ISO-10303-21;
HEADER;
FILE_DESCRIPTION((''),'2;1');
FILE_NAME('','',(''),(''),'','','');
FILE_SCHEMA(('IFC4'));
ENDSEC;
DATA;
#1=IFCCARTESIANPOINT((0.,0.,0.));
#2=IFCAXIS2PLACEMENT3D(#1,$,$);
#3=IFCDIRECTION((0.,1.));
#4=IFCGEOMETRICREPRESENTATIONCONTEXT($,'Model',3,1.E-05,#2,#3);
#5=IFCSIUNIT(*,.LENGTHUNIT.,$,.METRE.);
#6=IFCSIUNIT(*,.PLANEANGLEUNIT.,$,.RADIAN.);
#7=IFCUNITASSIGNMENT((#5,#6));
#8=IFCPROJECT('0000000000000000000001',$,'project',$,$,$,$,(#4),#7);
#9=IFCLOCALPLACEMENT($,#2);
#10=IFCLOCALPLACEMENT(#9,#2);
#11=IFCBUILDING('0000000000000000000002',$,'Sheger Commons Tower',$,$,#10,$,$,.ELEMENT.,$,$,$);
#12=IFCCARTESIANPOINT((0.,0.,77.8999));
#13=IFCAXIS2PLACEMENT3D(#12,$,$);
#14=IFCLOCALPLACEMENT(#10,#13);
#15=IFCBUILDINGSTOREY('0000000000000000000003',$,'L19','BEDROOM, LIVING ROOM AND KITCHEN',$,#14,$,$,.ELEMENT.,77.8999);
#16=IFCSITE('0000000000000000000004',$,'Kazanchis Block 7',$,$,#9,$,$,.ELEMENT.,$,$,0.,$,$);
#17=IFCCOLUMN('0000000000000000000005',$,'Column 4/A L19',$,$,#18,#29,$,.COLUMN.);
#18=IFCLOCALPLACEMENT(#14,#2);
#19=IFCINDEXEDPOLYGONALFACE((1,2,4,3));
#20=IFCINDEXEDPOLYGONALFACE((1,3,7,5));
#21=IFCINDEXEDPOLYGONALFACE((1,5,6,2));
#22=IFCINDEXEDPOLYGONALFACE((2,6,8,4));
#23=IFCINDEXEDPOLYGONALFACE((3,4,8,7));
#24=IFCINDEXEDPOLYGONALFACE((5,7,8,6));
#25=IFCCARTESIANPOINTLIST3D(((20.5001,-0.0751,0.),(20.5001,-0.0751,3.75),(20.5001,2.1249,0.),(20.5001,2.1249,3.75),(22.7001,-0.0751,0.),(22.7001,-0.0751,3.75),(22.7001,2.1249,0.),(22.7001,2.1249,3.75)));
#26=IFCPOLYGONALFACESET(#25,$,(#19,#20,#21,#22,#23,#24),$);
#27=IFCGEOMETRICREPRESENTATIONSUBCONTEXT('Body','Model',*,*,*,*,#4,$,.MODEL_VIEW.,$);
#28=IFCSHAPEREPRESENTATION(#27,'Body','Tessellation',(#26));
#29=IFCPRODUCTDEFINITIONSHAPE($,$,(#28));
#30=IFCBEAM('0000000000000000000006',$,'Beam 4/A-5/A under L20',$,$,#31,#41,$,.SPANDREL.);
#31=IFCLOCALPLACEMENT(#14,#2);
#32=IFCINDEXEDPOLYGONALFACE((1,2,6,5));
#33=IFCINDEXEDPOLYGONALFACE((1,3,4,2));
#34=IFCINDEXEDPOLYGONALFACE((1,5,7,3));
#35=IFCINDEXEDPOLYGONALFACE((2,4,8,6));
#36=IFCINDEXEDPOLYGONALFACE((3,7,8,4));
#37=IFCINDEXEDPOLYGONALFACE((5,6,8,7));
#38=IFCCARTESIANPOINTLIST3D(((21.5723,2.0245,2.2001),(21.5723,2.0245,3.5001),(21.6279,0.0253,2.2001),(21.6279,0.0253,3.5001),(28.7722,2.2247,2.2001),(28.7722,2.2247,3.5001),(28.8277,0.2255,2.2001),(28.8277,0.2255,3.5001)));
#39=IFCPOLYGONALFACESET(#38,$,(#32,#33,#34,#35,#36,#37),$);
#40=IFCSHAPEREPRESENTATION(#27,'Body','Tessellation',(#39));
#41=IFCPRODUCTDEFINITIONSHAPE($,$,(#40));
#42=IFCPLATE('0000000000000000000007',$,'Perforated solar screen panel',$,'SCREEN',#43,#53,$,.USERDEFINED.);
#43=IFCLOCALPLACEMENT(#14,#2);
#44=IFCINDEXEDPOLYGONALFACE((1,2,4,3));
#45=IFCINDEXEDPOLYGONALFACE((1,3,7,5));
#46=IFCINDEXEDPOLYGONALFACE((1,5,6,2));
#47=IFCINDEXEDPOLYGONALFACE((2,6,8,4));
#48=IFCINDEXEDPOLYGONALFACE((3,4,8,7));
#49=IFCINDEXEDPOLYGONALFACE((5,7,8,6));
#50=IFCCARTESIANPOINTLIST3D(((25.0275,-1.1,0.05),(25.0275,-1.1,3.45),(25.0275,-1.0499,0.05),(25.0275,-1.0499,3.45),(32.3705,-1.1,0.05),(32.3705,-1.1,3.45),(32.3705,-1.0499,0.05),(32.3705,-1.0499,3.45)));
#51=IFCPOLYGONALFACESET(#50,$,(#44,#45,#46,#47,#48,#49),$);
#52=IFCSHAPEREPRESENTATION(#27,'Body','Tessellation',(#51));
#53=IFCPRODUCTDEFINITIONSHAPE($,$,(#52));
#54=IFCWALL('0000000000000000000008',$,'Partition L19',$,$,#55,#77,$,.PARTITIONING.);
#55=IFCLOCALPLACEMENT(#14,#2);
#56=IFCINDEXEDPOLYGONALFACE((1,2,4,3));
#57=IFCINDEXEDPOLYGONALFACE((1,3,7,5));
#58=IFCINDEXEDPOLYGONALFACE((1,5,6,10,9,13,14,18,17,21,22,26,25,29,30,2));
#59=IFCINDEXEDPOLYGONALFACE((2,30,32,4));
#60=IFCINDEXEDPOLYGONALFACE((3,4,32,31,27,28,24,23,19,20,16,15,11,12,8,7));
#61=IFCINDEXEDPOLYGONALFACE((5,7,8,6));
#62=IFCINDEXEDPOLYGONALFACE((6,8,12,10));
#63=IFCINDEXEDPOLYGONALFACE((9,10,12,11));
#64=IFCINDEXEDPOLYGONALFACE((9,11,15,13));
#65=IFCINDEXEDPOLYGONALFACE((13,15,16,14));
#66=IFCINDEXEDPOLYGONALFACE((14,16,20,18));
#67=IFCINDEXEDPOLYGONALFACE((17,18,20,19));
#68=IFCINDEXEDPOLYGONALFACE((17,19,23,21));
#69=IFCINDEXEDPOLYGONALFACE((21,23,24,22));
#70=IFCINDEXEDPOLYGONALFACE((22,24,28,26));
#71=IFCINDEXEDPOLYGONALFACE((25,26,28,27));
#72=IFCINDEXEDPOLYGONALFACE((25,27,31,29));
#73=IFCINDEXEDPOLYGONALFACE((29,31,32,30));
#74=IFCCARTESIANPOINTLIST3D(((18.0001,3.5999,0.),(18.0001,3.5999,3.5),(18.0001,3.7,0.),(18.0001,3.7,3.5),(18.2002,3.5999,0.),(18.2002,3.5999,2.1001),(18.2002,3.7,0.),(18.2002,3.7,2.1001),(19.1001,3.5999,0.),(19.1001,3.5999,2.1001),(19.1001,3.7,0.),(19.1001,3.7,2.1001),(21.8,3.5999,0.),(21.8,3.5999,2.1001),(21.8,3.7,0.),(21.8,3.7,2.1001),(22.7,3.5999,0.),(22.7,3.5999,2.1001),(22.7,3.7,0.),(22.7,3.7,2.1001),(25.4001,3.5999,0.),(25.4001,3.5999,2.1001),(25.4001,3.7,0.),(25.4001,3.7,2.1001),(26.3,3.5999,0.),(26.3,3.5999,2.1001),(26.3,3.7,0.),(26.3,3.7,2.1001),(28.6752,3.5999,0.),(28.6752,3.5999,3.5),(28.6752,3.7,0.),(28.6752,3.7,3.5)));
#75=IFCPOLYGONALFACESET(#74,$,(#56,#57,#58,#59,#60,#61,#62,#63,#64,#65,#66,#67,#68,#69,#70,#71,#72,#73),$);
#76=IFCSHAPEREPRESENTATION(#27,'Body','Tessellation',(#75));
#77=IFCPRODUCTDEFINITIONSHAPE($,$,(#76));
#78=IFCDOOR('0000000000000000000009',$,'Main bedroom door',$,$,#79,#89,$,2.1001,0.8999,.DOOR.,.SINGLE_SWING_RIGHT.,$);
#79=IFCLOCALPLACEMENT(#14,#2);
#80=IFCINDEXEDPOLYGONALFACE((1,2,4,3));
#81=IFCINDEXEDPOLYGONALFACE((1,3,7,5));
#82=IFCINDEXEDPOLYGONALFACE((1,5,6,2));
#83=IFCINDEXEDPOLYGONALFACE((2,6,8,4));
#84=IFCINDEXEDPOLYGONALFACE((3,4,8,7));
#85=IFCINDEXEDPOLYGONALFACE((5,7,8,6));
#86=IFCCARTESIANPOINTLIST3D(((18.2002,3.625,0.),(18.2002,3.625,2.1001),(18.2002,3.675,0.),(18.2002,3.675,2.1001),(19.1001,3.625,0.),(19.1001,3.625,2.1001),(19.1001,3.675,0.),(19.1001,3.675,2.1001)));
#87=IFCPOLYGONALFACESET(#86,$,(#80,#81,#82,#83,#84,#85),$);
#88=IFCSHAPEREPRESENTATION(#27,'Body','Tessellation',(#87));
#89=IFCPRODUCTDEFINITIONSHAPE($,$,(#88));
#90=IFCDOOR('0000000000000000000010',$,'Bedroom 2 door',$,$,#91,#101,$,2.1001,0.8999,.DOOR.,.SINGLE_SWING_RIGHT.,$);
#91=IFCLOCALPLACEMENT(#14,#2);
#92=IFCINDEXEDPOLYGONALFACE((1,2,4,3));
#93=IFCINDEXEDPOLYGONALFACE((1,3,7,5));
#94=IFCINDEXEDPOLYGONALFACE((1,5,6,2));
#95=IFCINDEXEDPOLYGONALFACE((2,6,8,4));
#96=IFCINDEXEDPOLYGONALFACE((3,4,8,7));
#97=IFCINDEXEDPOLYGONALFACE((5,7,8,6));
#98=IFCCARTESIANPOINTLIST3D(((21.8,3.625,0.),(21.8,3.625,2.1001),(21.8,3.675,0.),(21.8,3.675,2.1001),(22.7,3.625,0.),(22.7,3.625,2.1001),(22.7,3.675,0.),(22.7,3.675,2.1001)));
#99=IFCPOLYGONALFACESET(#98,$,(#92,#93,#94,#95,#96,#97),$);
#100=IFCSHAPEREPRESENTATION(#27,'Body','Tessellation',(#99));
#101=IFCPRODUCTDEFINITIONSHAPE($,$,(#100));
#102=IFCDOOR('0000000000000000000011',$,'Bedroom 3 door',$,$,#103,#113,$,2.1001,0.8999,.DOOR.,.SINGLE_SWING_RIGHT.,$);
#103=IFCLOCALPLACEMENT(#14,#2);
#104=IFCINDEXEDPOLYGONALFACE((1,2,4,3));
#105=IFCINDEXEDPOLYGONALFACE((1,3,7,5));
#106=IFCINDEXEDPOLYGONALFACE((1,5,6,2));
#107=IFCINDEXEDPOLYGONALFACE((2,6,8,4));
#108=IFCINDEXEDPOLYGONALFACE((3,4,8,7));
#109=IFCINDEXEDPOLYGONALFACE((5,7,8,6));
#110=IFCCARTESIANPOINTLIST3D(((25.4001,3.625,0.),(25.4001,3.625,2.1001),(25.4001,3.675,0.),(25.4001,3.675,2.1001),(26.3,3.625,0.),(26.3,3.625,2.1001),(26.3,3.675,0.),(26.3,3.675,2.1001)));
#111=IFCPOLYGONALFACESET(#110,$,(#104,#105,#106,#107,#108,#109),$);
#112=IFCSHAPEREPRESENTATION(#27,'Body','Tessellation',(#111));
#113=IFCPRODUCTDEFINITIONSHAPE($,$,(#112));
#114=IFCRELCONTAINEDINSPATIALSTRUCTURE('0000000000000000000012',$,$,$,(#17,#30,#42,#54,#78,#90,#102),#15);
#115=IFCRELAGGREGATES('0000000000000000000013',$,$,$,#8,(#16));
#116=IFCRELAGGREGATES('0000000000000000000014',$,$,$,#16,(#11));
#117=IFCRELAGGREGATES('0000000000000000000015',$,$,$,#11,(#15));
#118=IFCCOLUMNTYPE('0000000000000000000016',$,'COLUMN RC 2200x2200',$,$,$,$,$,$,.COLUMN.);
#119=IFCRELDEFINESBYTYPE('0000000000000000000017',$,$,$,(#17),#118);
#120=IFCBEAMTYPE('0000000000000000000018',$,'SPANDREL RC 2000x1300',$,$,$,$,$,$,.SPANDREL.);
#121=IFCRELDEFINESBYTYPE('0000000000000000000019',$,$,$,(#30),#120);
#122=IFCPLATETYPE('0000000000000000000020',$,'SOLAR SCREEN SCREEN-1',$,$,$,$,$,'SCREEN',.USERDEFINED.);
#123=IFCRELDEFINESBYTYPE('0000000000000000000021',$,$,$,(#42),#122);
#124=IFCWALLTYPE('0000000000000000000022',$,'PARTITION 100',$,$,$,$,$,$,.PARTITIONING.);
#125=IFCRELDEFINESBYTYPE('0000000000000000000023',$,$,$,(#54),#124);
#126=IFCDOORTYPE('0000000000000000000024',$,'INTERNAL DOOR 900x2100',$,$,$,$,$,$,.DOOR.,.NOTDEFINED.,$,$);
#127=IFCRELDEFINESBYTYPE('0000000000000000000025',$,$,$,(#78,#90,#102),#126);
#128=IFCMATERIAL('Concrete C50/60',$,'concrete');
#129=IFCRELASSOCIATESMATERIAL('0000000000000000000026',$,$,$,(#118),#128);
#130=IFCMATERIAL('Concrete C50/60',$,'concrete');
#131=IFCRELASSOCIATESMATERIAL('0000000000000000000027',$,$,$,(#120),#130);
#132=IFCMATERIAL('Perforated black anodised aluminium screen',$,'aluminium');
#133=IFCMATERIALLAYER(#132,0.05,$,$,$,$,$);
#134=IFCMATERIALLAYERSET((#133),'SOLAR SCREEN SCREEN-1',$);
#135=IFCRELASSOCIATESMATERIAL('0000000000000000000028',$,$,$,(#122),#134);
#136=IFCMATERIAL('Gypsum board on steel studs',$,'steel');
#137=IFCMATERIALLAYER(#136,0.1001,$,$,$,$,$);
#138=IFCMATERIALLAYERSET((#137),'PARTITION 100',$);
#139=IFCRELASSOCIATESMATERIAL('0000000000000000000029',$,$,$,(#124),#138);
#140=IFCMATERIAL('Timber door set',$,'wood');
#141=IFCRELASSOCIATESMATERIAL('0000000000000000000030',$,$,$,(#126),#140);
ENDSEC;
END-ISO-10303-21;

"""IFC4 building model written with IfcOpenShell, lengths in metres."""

from ifc_helpers import new_model, si_unit, direction, frame, frame_2d, origin, origin_2d, place, context, subcontext, project, spatial, rectangle, extrude, material, layer, layer_set, material_profile, profile_set, type_object, element, fill, save


model = new_model("IFC4")

# Units and contexts
model_context = context("Model", 3, precision=1e-05, world=origin(), true_north=direction((0.0, 1.0)))
body_context = subcontext(model_context, "Body", "Model", "MODEL_VIEW")
ifc_project = project(units=[si_unit("LENGTHUNIT", "METRE"), si_unit("PLANEANGLEUNIT", "RADIAN")], contexts=[model_context])

# Site, building, storey
site_placement = place(None, origin())
site = spatial("IfcSite", under=ifc_project, at=site_placement, Name="Kazanchis Block 7", CompositionType="ELEMENT", RefElevation=0.0)
building_placement = place(site_placement, origin())
building = spatial("IfcBuilding", under=site, at=building_placement, Name="Sheger Commons Tower", CompositionType="ELEMENT")
storey_placement = place(building_placement, frame((0.0, 0.0, 77.8999)))
storey = spatial("IfcBuildingStorey", under=building, at=storey_placement, Name="L19", Description="BEDROOM, LIVING ROOM AND KITCHEN", CompositionType="ELEMENT", Elevation=77.8999)

# Column
ifc_material_1 = material(Name="Concrete C50/60", Category="concrete")
ifc_material_profile_1 = material_profile(ifc_material_1, rectangle(XDim=2.2, YDim=2.2, at=origin_2d()), Name="RC 2200x2200")
ifc_profile_set_1 = profile_set([ifc_material_profile_1], Name="Concrete C50/60")
column_type = type_object("IfcColumnType", Name="COLUMN RC 2200x2200", PredefinedType="COLUMN", material=ifc_profile_set_1)
column_placement = place(storey_placement, frame((21.6001, 1.0249, 0.0), z_axis=(0.0, 0.0, 1.0), x_axis=(1.0, 0.0, 0.0)))
element("IfcColumn", 1, at=column_placement, inside=storey, type_object=column_type, Name="Column 4/A L19", PredefinedType="COLUMN", context=body_context, shape_type="SweptSolid", body=[
    extrude(rectangle(XDim=2.2, YDim=2.2, at=origin_2d()), origin(), (0.0, 0.0, 1.0), 3.75),
])

# Beam
ifc_material_2 = material(Name="Concrete C50/60", Category="concrete")
ifc_material_profile_2 = material_profile(ifc_material_2, rectangle(XDim=2.0, YDim=1.3, at=origin_2d()), Name="RC 2000x1300")
ifc_profile_set_2 = profile_set([ifc_material_profile_2], Name="Concrete C50/60")
beam_type = type_object("IfcBeamType", Name="SPANDREL RC 2000x1300", PredefinedType="SPANDREL", material=ifc_profile_set_2)
beam_placement = place(storey_placement, frame((21.6001, 1.0249, 2.8501), z_axis=(0.999614, 0.027794, 0.0), x_axis=(-0.027794, 0.999614, 0.0)))
element("IfcBeam", 2, at=beam_placement, inside=storey, type_object=beam_type, Name="Beam 4/A-5/A under L20", PredefinedType="SPANDREL", context=body_context, shape_type="SweptSolid", body=[
    extrude(rectangle(XDim=2.0, YDim=1.3, at=origin_2d()), origin(), (0.0, 0.0, 1.0), 7.2026),
])

# Plate
ifc_material_3 = material(Name="Perforated black anodised aluminium screen", Category="aluminium")
ifc_layer_1 = layer(ifc_material_3, 0.05)
ifc_layer_set_1 = layer_set([ifc_layer_1], Name="SOLAR SCREEN SCREEN-1")
plate_type = type_object("IfcPlateType", Name="SOLAR SCREEN SCREEN-1", ElementType="SCREEN", PredefinedType="USERDEFINED", material=ifc_layer_set_1)
plate_placement = place(storey_placement, frame((28.699, -1.075, 0.05), z_axis=(0.0, 0.0, 1.0), x_axis=(1.0, 0.0, 0.0)))
element("IfcPlate", 3, at=plate_placement, inside=storey, type_object=plate_type, Name="Perforated solar screen panel", ObjectType="SCREEN", PredefinedType="USERDEFINED", context=body_context, shape_type="SweptSolid", body=[
    extrude(rectangle(XDim=7.343, YDim=0.05, at=origin_2d()), origin(), (0.0, 0.0, 1.0), 3.3999),
])

# Wall, openings, doors
ifc_material_4 = material(Name="Gypsum board on steel studs", Category="steel")
ifc_layer_2 = layer(ifc_material_4, 0.1001)
ifc_layer_set_2 = layer_set([ifc_layer_2], Name="PARTITION 100")
wall_type = type_object("IfcWallType", Name="PARTITION 100", PredefinedType="PARTITIONING", material=ifc_layer_set_2)
wall_1_placement = place(storey_placement, frame((28.675, 3.6499, 0.0), z_axis=(0.0, 0.0, 1.0), x_axis=(-1.0, 0.0, 0.0)))
wall_1 = element("IfcWall", 4, at=wall_1_placement, inside=storey, type_object=wall_type, Name="Partition L19", PredefinedType="PARTITIONING", context=body_context, shape_type="SweptSolid", body=[
    extrude(rectangle(XDim=10.675, YDim=0.1001, at=frame_2d((5.3374, 0.0))), origin(), (0.0, 0.0, 1.0), 3.5),
])
opening_1_placement = place(wall_1_placement, frame((9.575, 0.0, 0.0)))
opening_1 = element("IfcOpeningElement", 5, at=opening_1_placement, cuts=wall_1, PredefinedType="OPENING", context=body_context, shape_type="SweptSolid", body=[
    extrude(rectangle(XDim=0.8999, YDim=2.1001, at=frame_2d((0.45, 1.05))), frame((0.0, 0.0601, 0.0), z_axis=(0.0, -1.0, 0.0), x_axis=(1.0, 0.0, 0.0)), (0.0, 0.0, 1.0), 0.1201),
])
opening_2_placement = place(wall_1_placement, frame((5.9751, 0.0, 0.0)))
opening_2 = element("IfcOpeningElement", 6, at=opening_2_placement, cuts=wall_1, PredefinedType="OPENING", context=body_context, shape_type="SweptSolid", body=[
    extrude(rectangle(XDim=0.8999, YDim=2.1001, at=frame_2d((0.45, 1.05))), frame((0.0, 0.0601, 0.0), z_axis=(0.0, -1.0, 0.0), x_axis=(1.0, 0.0, 0.0)), (0.0, 0.0, 1.0), 0.1201),
])
opening_3_placement = place(wall_1_placement, frame((2.375, 0.0, 0.0)))
opening_3 = element("IfcOpeningElement", 7, at=opening_3_placement, cuts=wall_1, PredefinedType="OPENING", context=body_context, shape_type="SweptSolid", body=[
    extrude(rectangle(XDim=0.8999, YDim=2.1001, at=frame_2d((0.45, 1.05))), frame((0.0, 0.0601, 0.0), z_axis=(0.0, -1.0, 0.0), x_axis=(1.0, 0.0, 0.0)), (0.0, 0.0, 1.0), 0.1201),
])
ifc_material_5 = material(Name="Timber door set", Category="wood")
door_type = type_object("IfcDoorType", Name="INTERNAL DOOR 900x2100", OperationType="NOTDEFINED", PredefinedType="DOOR", material=ifc_material_5)
door_1_placement = place(opening_1_placement, origin())
door_1 = element("IfcDoor", 8, at=door_1_placement, inside=storey, type_object=door_type, Name="Main bedroom door", OperationType="SINGLE_SWING_RIGHT", OverallHeight=2.1001, OverallWidth=0.8999, PredefinedType="DOOR", context=body_context, shape_type="SweptSolid", body=[
    extrude(rectangle(XDim=0.8999, YDim=2.1001, at=frame_2d((0.45, 1.05))), frame((0.0, 0.0249, 0.0), z_axis=(0.0, -1.0, 0.0), x_axis=(1.0, 0.0, 0.0)), (0.0, 0.0, 1.0), 0.05),
])
fill(opening_1, door_1)
door_2_placement = place(opening_2_placement, origin())
door_2 = element("IfcDoor", 9, at=door_2_placement, inside=storey, type_object=door_type, Name="Bedroom 2 door", OperationType="SINGLE_SWING_RIGHT", OverallHeight=2.1001, OverallWidth=0.8999, PredefinedType="DOOR", context=body_context, shape_type="SweptSolid", body=[
    extrude(rectangle(XDim=0.8999, YDim=2.1001, at=frame_2d((0.45, 1.05))), frame((0.0, 0.0249, 0.0), z_axis=(0.0, -1.0, 0.0), x_axis=(1.0, 0.0, 0.0)), (0.0, 0.0, 1.0), 0.05),
])
fill(opening_2, door_2)
door_3_placement = place(opening_3_placement, origin())
door_3 = element("IfcDoor", 10, at=door_3_placement, inside=storey, type_object=door_type, Name="Bedroom 3 door", OperationType="SINGLE_SWING_RIGHT", OverallHeight=2.1001, OverallWidth=0.8999, PredefinedType="DOOR", context=body_context, shape_type="SweptSolid", body=[
    extrude(rectangle(XDim=0.8999, YDim=2.1001, at=frame_2d((0.45, 1.05))), frame((0.0, 0.0249, 0.0), z_axis=(0.0, -1.0, 0.0), x_axis=(1.0, 0.0, 0.0)), (0.0, 0.0, 1.0), 0.05),
])
fill(opening_3, door_3)

save(model, "model.ifc")
